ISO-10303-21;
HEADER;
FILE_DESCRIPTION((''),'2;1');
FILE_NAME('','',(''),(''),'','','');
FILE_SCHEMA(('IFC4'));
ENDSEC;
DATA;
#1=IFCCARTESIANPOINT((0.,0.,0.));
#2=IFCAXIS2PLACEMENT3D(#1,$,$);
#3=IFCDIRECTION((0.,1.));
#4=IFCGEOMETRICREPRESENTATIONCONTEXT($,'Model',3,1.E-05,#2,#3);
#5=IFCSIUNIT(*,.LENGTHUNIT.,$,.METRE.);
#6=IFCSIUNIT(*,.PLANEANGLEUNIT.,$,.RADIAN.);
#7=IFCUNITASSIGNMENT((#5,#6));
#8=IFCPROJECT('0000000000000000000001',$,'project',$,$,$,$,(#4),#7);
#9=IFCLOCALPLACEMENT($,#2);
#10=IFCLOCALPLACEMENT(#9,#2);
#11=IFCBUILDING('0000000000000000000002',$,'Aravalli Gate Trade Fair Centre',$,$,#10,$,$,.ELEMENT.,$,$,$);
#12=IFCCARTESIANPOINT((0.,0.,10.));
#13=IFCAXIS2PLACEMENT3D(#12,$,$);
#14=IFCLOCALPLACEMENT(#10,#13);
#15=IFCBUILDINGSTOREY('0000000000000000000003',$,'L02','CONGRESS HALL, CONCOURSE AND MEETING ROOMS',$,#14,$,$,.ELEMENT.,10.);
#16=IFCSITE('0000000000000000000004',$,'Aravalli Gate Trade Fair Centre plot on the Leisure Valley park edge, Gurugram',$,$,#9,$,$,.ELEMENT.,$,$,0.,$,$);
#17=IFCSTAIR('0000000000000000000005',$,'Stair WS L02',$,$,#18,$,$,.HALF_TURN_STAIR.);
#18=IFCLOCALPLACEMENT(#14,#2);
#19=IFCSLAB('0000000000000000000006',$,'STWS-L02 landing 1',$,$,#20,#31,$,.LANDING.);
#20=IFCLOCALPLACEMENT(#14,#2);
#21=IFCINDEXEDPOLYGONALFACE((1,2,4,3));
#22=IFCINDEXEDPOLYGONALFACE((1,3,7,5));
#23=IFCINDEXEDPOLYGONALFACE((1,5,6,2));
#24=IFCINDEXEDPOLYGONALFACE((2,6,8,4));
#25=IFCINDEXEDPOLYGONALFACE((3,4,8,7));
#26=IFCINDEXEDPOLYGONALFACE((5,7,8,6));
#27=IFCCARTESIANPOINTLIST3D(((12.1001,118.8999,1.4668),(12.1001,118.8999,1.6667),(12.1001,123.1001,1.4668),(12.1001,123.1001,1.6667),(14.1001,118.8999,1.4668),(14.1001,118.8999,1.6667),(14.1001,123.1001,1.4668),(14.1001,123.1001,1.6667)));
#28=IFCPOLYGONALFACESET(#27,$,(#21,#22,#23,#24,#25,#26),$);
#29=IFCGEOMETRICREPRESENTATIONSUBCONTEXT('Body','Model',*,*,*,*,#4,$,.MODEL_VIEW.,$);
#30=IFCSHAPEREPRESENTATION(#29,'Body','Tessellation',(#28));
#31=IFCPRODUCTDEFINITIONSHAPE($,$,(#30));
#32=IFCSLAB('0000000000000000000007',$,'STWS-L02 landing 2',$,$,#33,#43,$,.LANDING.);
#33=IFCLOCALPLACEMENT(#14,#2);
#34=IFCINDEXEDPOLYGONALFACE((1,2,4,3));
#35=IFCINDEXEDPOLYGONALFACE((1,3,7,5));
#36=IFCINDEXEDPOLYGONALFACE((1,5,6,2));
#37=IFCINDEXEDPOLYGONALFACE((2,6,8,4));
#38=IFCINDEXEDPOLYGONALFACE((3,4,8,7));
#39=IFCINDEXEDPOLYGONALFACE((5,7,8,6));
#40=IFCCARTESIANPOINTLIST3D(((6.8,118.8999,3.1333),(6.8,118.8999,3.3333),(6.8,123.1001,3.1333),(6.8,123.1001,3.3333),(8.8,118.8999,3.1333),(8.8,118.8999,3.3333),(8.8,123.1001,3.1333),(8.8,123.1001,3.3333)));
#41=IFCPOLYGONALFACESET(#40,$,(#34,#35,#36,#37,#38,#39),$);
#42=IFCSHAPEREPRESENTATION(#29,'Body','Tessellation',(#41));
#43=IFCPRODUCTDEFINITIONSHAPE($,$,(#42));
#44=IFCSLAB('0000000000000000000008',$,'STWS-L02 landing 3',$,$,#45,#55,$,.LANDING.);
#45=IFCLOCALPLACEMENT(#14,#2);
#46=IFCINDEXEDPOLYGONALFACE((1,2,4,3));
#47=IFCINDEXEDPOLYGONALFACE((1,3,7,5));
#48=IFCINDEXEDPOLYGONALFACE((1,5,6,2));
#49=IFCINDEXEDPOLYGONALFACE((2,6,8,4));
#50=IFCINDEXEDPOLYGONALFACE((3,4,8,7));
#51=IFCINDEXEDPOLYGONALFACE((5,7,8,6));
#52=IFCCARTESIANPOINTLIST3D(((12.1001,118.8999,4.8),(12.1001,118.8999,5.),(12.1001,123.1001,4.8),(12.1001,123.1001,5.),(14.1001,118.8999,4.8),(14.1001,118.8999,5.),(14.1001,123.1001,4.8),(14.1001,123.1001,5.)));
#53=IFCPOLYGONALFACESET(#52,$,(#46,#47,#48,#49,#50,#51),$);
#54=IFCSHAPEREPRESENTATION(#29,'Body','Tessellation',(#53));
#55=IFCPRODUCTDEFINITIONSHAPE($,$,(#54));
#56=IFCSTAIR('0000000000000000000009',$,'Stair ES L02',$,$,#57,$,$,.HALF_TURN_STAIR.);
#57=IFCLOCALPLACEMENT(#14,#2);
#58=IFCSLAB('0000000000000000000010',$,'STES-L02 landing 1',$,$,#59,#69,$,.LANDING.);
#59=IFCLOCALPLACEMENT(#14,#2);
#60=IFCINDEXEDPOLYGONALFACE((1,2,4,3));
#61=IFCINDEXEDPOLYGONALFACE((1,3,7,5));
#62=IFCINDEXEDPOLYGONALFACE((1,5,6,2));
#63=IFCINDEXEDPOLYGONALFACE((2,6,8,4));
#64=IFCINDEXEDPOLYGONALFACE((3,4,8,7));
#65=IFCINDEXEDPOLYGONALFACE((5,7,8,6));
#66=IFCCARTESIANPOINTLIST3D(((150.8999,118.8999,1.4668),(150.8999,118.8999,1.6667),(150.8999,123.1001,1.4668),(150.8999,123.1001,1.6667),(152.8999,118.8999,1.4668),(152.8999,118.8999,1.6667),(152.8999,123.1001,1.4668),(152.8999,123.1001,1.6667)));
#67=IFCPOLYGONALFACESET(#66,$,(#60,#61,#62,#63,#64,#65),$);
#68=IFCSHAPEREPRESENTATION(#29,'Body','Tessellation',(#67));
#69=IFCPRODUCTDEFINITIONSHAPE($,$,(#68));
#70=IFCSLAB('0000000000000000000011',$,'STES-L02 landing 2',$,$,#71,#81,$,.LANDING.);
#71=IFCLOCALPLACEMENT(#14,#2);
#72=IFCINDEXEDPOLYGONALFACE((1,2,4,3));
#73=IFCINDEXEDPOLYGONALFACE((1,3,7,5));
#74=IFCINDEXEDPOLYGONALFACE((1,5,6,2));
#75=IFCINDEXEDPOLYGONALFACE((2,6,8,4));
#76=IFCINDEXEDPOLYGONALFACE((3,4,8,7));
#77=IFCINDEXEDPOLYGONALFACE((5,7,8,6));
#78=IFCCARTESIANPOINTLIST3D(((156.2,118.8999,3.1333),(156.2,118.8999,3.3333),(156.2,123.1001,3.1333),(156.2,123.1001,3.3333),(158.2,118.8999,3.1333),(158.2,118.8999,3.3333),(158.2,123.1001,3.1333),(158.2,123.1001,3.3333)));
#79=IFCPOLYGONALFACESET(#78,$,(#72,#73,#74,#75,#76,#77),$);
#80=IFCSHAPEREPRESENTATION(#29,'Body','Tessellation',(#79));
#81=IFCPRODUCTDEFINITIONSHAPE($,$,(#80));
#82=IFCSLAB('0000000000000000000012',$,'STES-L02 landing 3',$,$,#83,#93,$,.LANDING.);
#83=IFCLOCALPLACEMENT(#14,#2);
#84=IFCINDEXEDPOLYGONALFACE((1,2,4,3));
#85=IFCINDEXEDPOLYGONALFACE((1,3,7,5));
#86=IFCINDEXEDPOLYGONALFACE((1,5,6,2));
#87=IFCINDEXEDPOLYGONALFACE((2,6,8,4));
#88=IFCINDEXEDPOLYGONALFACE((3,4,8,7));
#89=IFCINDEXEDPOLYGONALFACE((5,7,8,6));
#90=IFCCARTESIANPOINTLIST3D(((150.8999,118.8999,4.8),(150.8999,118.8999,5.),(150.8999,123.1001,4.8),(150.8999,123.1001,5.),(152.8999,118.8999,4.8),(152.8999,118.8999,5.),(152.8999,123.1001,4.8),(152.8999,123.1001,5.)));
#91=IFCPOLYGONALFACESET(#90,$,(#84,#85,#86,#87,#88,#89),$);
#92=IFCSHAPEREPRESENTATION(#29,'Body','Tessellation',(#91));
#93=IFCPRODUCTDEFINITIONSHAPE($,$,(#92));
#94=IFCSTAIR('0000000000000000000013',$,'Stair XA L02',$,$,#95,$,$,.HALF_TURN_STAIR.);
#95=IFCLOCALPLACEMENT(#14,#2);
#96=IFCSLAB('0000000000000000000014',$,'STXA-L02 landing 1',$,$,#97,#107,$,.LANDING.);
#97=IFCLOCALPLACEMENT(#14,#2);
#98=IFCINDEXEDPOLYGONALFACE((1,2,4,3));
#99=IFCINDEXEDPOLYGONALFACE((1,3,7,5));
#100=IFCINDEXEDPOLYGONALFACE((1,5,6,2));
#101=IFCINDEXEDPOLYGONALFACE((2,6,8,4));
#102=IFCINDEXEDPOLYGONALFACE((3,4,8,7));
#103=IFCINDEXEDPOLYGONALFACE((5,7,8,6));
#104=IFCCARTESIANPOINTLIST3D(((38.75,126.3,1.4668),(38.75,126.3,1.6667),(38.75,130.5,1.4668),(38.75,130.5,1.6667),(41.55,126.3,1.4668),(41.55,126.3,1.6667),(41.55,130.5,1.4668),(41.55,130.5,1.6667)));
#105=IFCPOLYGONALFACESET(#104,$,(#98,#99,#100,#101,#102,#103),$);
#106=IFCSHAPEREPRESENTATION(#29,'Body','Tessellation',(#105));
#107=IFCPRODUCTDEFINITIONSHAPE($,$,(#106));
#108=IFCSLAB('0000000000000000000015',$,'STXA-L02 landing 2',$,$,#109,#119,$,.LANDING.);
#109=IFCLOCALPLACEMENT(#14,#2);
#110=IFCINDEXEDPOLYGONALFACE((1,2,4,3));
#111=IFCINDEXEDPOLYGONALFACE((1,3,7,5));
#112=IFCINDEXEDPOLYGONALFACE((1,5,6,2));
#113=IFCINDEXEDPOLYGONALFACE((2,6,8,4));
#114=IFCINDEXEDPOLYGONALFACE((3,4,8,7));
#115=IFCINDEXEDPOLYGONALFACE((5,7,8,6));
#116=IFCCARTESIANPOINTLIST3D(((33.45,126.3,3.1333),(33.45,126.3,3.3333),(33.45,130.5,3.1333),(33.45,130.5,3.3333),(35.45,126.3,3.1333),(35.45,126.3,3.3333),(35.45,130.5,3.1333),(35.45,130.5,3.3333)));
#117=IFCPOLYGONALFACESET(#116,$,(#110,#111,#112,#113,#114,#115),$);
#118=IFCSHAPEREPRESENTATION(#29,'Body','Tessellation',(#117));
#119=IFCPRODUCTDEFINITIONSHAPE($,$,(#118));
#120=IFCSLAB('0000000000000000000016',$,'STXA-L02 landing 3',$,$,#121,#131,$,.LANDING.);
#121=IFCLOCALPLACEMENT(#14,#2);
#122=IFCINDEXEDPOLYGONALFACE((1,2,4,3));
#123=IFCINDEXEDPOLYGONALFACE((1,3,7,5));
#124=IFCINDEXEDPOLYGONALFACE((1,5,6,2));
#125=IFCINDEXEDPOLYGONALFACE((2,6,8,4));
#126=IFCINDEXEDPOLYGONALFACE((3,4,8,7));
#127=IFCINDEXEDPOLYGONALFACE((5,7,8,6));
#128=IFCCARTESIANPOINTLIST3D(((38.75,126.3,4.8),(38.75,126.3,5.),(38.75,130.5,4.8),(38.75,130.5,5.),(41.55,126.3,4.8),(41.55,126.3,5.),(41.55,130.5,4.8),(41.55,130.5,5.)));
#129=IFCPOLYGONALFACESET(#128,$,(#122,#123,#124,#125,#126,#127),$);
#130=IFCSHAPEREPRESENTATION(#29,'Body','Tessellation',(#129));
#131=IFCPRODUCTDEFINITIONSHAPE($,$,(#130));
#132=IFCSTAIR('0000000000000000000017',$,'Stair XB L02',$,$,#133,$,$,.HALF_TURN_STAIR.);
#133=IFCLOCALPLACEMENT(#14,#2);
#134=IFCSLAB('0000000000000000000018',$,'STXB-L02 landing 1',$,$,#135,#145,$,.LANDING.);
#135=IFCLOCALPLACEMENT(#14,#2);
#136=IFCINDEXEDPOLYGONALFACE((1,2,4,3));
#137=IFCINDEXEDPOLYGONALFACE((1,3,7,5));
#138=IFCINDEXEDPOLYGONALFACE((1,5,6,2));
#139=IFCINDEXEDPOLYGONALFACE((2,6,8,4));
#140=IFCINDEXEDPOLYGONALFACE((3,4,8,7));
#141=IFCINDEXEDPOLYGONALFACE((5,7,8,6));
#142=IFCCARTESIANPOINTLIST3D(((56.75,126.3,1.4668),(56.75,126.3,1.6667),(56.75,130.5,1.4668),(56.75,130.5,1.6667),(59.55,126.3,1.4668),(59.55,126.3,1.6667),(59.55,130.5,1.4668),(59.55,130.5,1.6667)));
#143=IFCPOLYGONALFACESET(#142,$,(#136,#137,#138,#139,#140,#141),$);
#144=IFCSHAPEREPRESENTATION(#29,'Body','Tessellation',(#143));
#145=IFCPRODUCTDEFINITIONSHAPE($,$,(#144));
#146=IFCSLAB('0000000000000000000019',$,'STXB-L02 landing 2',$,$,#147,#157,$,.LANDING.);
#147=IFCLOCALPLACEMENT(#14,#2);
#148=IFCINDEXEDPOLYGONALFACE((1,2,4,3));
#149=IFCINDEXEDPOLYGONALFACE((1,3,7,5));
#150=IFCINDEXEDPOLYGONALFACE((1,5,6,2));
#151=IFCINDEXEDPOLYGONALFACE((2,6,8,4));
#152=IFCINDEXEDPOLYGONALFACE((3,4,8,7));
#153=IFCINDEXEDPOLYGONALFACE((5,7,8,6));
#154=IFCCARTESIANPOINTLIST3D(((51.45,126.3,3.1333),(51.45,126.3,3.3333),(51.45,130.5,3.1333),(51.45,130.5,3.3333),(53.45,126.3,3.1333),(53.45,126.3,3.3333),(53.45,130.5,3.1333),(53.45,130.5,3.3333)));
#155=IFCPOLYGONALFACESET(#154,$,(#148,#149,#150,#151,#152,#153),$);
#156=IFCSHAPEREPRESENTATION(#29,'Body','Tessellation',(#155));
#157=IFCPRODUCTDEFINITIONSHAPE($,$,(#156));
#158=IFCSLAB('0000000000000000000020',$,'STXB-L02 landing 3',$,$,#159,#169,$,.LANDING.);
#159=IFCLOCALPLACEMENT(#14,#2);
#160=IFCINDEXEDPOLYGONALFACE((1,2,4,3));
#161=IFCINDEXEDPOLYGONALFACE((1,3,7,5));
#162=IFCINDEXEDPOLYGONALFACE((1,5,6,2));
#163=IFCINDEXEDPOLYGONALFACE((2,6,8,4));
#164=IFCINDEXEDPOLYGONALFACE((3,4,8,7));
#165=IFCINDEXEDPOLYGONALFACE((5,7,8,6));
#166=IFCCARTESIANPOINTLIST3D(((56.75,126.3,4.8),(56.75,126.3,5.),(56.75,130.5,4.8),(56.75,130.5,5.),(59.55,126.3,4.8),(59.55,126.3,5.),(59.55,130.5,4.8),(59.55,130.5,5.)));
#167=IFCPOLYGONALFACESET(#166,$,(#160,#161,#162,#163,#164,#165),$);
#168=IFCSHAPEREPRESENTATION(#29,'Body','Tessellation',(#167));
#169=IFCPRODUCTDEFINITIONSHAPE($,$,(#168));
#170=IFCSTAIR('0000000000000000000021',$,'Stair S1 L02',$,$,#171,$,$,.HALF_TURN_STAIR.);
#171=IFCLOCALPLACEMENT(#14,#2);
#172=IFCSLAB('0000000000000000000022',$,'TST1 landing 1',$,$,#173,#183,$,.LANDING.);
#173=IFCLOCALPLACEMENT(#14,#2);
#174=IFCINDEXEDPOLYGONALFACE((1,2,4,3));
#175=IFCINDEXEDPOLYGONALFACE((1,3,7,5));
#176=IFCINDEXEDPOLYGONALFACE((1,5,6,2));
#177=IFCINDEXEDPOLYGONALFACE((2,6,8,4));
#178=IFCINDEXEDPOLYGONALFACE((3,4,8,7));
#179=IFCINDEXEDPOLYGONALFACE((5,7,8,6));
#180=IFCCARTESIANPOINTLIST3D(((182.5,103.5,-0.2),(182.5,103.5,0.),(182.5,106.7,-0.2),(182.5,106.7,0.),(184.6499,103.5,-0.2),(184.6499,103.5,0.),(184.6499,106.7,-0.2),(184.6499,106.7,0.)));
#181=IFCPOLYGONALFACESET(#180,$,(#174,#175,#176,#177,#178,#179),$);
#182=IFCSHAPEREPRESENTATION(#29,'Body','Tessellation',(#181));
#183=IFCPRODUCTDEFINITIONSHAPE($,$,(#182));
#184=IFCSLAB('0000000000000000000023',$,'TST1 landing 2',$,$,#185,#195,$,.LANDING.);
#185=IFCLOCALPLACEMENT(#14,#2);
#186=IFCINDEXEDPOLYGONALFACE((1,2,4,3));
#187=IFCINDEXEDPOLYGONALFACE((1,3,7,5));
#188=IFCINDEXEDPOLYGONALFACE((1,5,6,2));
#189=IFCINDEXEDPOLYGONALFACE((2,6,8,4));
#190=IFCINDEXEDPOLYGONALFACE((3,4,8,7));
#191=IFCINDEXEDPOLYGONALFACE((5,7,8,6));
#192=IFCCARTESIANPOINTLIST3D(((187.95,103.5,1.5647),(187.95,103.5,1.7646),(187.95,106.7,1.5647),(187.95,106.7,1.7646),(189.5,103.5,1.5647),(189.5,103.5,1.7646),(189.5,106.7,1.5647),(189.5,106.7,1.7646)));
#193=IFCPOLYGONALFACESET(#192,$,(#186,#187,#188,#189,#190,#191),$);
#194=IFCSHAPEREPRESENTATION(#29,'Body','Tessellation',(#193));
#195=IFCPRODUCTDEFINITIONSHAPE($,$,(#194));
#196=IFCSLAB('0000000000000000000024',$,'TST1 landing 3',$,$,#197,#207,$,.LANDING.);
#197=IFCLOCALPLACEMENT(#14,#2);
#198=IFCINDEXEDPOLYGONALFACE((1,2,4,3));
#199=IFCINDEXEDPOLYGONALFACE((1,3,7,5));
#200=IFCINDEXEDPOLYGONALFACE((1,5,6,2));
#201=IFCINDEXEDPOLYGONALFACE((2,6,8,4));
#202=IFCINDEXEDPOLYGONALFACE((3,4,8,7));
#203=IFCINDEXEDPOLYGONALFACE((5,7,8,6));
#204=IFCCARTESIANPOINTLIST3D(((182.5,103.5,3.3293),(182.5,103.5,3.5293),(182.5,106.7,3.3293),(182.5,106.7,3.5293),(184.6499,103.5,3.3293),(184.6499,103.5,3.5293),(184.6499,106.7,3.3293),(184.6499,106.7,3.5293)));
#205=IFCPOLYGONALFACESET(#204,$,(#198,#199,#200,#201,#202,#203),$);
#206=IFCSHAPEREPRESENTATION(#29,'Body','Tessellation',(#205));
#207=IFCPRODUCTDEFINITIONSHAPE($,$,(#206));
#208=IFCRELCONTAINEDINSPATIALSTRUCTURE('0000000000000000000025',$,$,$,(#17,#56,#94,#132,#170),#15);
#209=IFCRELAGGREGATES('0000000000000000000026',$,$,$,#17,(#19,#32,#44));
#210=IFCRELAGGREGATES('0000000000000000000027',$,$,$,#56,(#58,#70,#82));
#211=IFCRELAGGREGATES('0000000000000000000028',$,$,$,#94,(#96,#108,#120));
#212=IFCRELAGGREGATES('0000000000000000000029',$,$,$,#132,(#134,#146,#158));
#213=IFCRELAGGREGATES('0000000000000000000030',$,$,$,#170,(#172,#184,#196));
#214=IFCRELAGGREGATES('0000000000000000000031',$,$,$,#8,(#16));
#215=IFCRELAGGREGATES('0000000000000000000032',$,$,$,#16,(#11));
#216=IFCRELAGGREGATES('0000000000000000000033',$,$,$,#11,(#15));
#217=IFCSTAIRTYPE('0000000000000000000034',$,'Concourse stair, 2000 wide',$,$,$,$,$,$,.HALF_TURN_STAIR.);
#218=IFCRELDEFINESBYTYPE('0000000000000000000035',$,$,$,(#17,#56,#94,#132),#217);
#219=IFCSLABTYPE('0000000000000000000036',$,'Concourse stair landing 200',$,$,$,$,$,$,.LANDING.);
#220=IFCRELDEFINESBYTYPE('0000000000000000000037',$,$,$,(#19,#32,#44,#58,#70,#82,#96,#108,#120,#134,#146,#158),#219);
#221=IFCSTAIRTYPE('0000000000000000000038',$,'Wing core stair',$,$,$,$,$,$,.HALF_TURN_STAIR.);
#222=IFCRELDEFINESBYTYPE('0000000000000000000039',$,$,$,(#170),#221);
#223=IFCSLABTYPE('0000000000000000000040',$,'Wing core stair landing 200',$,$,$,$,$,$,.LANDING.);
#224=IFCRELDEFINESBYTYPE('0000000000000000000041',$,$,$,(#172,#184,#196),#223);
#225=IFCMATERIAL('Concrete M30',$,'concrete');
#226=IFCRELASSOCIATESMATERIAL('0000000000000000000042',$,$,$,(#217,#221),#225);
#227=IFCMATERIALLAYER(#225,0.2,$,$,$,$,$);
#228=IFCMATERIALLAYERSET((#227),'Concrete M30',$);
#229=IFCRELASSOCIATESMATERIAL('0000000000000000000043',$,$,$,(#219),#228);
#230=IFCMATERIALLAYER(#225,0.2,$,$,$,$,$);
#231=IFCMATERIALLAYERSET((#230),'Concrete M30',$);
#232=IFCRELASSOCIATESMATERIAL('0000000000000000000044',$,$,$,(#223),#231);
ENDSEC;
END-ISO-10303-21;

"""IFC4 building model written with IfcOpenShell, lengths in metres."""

from ifc_helpers import new_model, si_unit, direction, frame, origin, place, context, subcontext, project, spatial, polyline, outline, extrude, material, layer, layer_set, type_object, element, aggregate, save


model = new_model("IFC4")

# Units and contexts
model_context = context("Model", 3, precision=1e-05, world=origin(), true_north=direction((0.0, 1.0)))
body_context = subcontext(model_context, "Body", "Model", "MODEL_VIEW")
ifc_project = project(units=[si_unit("LENGTHUNIT", "METRE"), si_unit("PLANEANGLEUNIT", "RADIAN")], contexts=[model_context])

# Site, building, storey
site_placement = place(None, origin())
site = spatial("IfcSite", under=ifc_project, at=site_placement, Name="Aravalli Gate Trade Fair Centre plot on the Leisure Valley park edge, Gurugram", CompositionType="ELEMENT", RefElevation=0.0)
building_placement = place(site_placement, origin())
building = spatial("IfcBuilding", under=site, at=building_placement, Name="Aravalli Gate Trade Fair Centre", CompositionType="ELEMENT")
storey_placement = place(building_placement, frame((0.0, 0.0, 10.0)))
storey = spatial("IfcBuildingStorey", under=building, at=storey_placement, Name="L02", Description="CONGRESS HALL, CONCOURSE AND MEETING ROOMS", CompositionType="ELEMENT", Elevation=10.0)

# Stairs, slabs
ifc_material_1 = material(Name="Concrete M30", Category="concrete")
stair_type_1 = type_object("IfcStairType", Name="Concourse stair, 2000 wide", PredefinedType="HALF_TURN_STAIR", material=ifc_material_1)
stair_1_placement = place(storey_placement, origin())
stair_1 = element("IfcStair", 1, at=stair_1_placement, inside=storey, type_object=stair_type_1, Name="Stair WS L02", PredefinedType="HALF_TURN_STAIR")
ifc_layer_1 = layer(ifc_material_1, 0.2)
ifc_layer_set_1 = layer_set([ifc_layer_1], Name="Concrete M30")
slab_type_1 = type_object("IfcSlabType", Name="Concourse stair landing 200", PredefinedType="LANDING", material=ifc_layer_set_1)
slab_1_placement = place(storey_placement, frame((0.0, 0.0, 1.4668)))
slab_1 = element("IfcSlab", 2, at=slab_1_placement, type_object=slab_type_1, Name="STWS-L02 landing 1", PredefinedType="LANDING", context=body_context, shape_type="SweptSolid", body=[
    extrude(outline(polyline([(12.1001, 118.8999), (14.1001, 118.8999), (14.1001, 123.1001), (12.1001, 123.1001), (12.1001, 118.8999)])), origin(), (0.0, 0.0, 1.0), 0.2),
])
slab_2_placement = place(storey_placement, frame((0.0, 0.0, 3.1333)))
slab_2 = element("IfcSlab", 3, at=slab_2_placement, type_object=slab_type_1, Name="STWS-L02 landing 2", PredefinedType="LANDING", context=body_context, shape_type="SweptSolid", body=[
    extrude(outline(polyline([(6.8, 118.8999), (8.8, 118.8999), (8.8, 123.1001), (6.8, 123.1001), (6.8, 118.8999)])), origin(), (0.0, 0.0, 1.0), 0.2),
])
slab_3_placement = place(storey_placement, frame((0.0, 0.0, 4.8)))
slab_3 = element("IfcSlab", 4, at=slab_3_placement, type_object=slab_type_1, Name="STWS-L02 landing 3", PredefinedType="LANDING", context=body_context, shape_type="SweptSolid", body=[
    extrude(outline(polyline([(12.1001, 118.8999), (14.1001, 118.8999), (14.1001, 123.1001), (12.1001, 123.1001), (12.1001, 118.8999)])), origin(), (0.0, 0.0, 1.0), 0.2),
])
aggregate(stair_1, [slab_1, slab_2, slab_3])
stair_2_placement = place(storey_placement, origin())
stair_2 = element("IfcStair", 5, at=stair_2_placement, inside=storey, type_object=stair_type_1, Name="Stair ES L02", PredefinedType="HALF_TURN_STAIR")
slab_4_placement = place(storey_placement, frame((0.0, 0.0, 1.4668)))
slab_4 = element("IfcSlab", 6, at=slab_4_placement, type_object=slab_type_1, Name="STES-L02 landing 1", PredefinedType="LANDING", context=body_context, shape_type="SweptSolid", body=[
    extrude(outline(polyline([(150.8999, 118.8999), (152.8999, 118.8999), (152.8999, 123.1001), (150.8999, 123.1001), (150.8999, 118.8999)])), origin(), (0.0, 0.0, 1.0), 0.2),
])
slab_5_placement = place(storey_placement, frame((0.0, 0.0, 3.1333)))
slab_5 = element("IfcSlab", 7, at=slab_5_placement, type_object=slab_type_1, Name="STES-L02 landing 2", PredefinedType="LANDING", context=body_context, shape_type="SweptSolid", body=[
    extrude(outline(polyline([(156.2, 118.8999), (158.2, 118.8999), (158.2, 123.1001), (156.2, 123.1001), (156.2, 118.8999)])), origin(), (0.0, 0.0, 1.0), 0.2),
])
slab_6_placement = place(storey_placement, frame((0.0, 0.0, 4.8)))
slab_6 = element("IfcSlab", 8, at=slab_6_placement, type_object=slab_type_1, Name="STES-L02 landing 3", PredefinedType="LANDING", context=body_context, shape_type="SweptSolid", body=[
    extrude(outline(polyline([(150.8999, 118.8999), (152.8999, 118.8999), (152.8999, 123.1001), (150.8999, 123.1001), (150.8999, 118.8999)])), origin(), (0.0, 0.0, 1.0), 0.2),
])
aggregate(stair_2, [slab_4, slab_5, slab_6])
stair_3_placement = place(storey_placement, origin())
stair_3 = element("IfcStair", 9, at=stair_3_placement, inside=storey, type_object=stair_type_1, Name="Stair XA L02", PredefinedType="HALF_TURN_STAIR")
slab_7_placement = place(storey_placement, frame((0.0, 0.0, 1.4668)))
slab_7 = element("IfcSlab", 10, at=slab_7_placement, type_object=slab_type_1, Name="STXA-L02 landing 1", PredefinedType="LANDING", context=body_context, shape_type="SweptSolid", body=[
    extrude(outline(polyline([(38.75, 126.3), (41.55, 126.3), (41.55, 130.5), (38.75, 130.5), (38.75, 126.3)])), origin(), (0.0, 0.0, 1.0), 0.2),
])
slab_8_placement = place(storey_placement, frame((0.0, 0.0, 3.1333)))
slab_8 = element("IfcSlab", 11, at=slab_8_placement, type_object=slab_type_1, Name="STXA-L02 landing 2", PredefinedType="LANDING", context=body_context, shape_type="SweptSolid", body=[
    extrude(outline(polyline([(33.45, 126.3), (35.45, 126.3), (35.45, 130.5), (33.45, 130.5), (33.45, 126.3)])), origin(), (0.0, 0.0, 1.0), 0.2),
])
slab_9_placement = place(storey_placement, frame((0.0, 0.0, 4.8)))
slab_9 = element("IfcSlab", 12, at=slab_9_placement, type_object=slab_type_1, Name="STXA-L02 landing 3", PredefinedType="LANDING", context=body_context, shape_type="SweptSolid", body=[
    extrude(outline(polyline([(38.75, 126.3), (41.55, 126.3), (41.55, 130.5), (38.75, 130.5), (38.75, 126.3)])), origin(), (0.0, 0.0, 1.0), 0.2),
])
aggregate(stair_3, [slab_7, slab_8, slab_9])
stair_4_placement = place(storey_placement, origin())
stair_4 = element("IfcStair", 13, at=stair_4_placement, inside=storey, type_object=stair_type_1, Name="Stair XB L02", PredefinedType="HALF_TURN_STAIR")
slab_10_placement = place(storey_placement, frame((0.0, 0.0, 1.4668)))
slab_10 = element("IfcSlab", 14, at=slab_10_placement, type_object=slab_type_1, Name="STXB-L02 landing 1", PredefinedType="LANDING", context=body_context, shape_type="SweptSolid", body=[
    extrude(outline(polyline([(56.75, 126.3), (59.55, 126.3), (59.55, 130.5), (56.75, 130.5), (56.75, 126.3)])), origin(), (0.0, 0.0, 1.0), 0.2),
])
slab_11_placement = place(storey_placement, frame((0.0, 0.0, 3.1333)))
slab_11 = element("IfcSlab", 15, at=slab_11_placement, type_object=slab_type_1, Name="STXB-L02 landing 2", PredefinedType="LANDING", context=body_context, shape_type="SweptSolid", body=[
    extrude(outline(polyline([(51.45, 126.3), (53.45, 126.3), (53.45, 130.5), (51.45, 130.5), (51.45, 126.3)])), origin(), (0.0, 0.0, 1.0), 0.2),
])
slab_12_placement = place(storey_placement, frame((0.0, 0.0, 4.8)))
slab_12 = element("IfcSlab", 16, at=slab_12_placement, type_object=slab_type_1, Name="STXB-L02 landing 3", PredefinedType="LANDING", context=body_context, shape_type="SweptSolid", body=[
    extrude(outline(polyline([(56.75, 126.3), (59.55, 126.3), (59.55, 130.5), (56.75, 130.5), (56.75, 126.3)])), origin(), (0.0, 0.0, 1.0), 0.2),
])
aggregate(stair_4, [slab_10, slab_11, slab_12])
stair_type_2 = type_object("IfcStairType", Name="Wing core stair", PredefinedType="HALF_TURN_STAIR", material=ifc_material_1)
stair_5_placement = place(storey_placement, origin())
stair_5 = element("IfcStair", 17, at=stair_5_placement, inside=storey, type_object=stair_type_2, Name="Stair S1 L02", PredefinedType="HALF_TURN_STAIR")
ifc_layer_2 = layer(ifc_material_1, 0.2)
ifc_layer_set_2 = layer_set([ifc_layer_2], Name="Concrete M30")
slab_type_2 = type_object("IfcSlabType", Name="Wing core stair landing 200", PredefinedType="LANDING", material=ifc_layer_set_2)
slab_13_placement = place(storey_placement, frame((0.0, 0.0, -0.2)))
slab_13 = element("IfcSlab", 18, at=slab_13_placement, type_object=slab_type_2, Name="TST1 landing 1", PredefinedType="LANDING", context=body_context, shape_type="SweptSolid", body=[
    extrude(outline(polyline([(182.5, 103.5), (184.6499, 103.5), (184.6499, 106.7), (182.5, 106.7), (182.5, 103.5)])), origin(), (0.0, 0.0, 1.0), 0.2),
])
slab_14_placement = place(storey_placement, frame((0.0, 0.0, 1.5647)))
slab_14 = element("IfcSlab", 19, at=slab_14_placement, type_object=slab_type_2, Name="TST1 landing 2", PredefinedType="LANDING", context=body_context, shape_type="SweptSolid", body=[
    extrude(outline(polyline([(187.95, 103.5), (189.5, 103.5), (189.5, 106.7), (187.95, 106.7), (187.95, 103.5)])), origin(), (0.0, 0.0, 1.0), 0.2),
])
slab_15_placement = place(storey_placement, frame((0.0, 0.0, 3.3293)))
slab_15 = element("IfcSlab", 20, at=slab_15_placement, type_object=slab_type_2, Name="TST1 landing 3", PredefinedType="LANDING", context=body_context, shape_type="SweptSolid", body=[
    extrude(outline(polyline([(182.5, 103.5), (184.6499, 103.5), (184.6499, 106.7), (182.5, 106.7), (182.5, 103.5)])), origin(), (0.0, 0.0, 1.0), 0.2),
])
aggregate(stair_5, [slab_13, slab_14, slab_15])

save(model, "model.ifc")
